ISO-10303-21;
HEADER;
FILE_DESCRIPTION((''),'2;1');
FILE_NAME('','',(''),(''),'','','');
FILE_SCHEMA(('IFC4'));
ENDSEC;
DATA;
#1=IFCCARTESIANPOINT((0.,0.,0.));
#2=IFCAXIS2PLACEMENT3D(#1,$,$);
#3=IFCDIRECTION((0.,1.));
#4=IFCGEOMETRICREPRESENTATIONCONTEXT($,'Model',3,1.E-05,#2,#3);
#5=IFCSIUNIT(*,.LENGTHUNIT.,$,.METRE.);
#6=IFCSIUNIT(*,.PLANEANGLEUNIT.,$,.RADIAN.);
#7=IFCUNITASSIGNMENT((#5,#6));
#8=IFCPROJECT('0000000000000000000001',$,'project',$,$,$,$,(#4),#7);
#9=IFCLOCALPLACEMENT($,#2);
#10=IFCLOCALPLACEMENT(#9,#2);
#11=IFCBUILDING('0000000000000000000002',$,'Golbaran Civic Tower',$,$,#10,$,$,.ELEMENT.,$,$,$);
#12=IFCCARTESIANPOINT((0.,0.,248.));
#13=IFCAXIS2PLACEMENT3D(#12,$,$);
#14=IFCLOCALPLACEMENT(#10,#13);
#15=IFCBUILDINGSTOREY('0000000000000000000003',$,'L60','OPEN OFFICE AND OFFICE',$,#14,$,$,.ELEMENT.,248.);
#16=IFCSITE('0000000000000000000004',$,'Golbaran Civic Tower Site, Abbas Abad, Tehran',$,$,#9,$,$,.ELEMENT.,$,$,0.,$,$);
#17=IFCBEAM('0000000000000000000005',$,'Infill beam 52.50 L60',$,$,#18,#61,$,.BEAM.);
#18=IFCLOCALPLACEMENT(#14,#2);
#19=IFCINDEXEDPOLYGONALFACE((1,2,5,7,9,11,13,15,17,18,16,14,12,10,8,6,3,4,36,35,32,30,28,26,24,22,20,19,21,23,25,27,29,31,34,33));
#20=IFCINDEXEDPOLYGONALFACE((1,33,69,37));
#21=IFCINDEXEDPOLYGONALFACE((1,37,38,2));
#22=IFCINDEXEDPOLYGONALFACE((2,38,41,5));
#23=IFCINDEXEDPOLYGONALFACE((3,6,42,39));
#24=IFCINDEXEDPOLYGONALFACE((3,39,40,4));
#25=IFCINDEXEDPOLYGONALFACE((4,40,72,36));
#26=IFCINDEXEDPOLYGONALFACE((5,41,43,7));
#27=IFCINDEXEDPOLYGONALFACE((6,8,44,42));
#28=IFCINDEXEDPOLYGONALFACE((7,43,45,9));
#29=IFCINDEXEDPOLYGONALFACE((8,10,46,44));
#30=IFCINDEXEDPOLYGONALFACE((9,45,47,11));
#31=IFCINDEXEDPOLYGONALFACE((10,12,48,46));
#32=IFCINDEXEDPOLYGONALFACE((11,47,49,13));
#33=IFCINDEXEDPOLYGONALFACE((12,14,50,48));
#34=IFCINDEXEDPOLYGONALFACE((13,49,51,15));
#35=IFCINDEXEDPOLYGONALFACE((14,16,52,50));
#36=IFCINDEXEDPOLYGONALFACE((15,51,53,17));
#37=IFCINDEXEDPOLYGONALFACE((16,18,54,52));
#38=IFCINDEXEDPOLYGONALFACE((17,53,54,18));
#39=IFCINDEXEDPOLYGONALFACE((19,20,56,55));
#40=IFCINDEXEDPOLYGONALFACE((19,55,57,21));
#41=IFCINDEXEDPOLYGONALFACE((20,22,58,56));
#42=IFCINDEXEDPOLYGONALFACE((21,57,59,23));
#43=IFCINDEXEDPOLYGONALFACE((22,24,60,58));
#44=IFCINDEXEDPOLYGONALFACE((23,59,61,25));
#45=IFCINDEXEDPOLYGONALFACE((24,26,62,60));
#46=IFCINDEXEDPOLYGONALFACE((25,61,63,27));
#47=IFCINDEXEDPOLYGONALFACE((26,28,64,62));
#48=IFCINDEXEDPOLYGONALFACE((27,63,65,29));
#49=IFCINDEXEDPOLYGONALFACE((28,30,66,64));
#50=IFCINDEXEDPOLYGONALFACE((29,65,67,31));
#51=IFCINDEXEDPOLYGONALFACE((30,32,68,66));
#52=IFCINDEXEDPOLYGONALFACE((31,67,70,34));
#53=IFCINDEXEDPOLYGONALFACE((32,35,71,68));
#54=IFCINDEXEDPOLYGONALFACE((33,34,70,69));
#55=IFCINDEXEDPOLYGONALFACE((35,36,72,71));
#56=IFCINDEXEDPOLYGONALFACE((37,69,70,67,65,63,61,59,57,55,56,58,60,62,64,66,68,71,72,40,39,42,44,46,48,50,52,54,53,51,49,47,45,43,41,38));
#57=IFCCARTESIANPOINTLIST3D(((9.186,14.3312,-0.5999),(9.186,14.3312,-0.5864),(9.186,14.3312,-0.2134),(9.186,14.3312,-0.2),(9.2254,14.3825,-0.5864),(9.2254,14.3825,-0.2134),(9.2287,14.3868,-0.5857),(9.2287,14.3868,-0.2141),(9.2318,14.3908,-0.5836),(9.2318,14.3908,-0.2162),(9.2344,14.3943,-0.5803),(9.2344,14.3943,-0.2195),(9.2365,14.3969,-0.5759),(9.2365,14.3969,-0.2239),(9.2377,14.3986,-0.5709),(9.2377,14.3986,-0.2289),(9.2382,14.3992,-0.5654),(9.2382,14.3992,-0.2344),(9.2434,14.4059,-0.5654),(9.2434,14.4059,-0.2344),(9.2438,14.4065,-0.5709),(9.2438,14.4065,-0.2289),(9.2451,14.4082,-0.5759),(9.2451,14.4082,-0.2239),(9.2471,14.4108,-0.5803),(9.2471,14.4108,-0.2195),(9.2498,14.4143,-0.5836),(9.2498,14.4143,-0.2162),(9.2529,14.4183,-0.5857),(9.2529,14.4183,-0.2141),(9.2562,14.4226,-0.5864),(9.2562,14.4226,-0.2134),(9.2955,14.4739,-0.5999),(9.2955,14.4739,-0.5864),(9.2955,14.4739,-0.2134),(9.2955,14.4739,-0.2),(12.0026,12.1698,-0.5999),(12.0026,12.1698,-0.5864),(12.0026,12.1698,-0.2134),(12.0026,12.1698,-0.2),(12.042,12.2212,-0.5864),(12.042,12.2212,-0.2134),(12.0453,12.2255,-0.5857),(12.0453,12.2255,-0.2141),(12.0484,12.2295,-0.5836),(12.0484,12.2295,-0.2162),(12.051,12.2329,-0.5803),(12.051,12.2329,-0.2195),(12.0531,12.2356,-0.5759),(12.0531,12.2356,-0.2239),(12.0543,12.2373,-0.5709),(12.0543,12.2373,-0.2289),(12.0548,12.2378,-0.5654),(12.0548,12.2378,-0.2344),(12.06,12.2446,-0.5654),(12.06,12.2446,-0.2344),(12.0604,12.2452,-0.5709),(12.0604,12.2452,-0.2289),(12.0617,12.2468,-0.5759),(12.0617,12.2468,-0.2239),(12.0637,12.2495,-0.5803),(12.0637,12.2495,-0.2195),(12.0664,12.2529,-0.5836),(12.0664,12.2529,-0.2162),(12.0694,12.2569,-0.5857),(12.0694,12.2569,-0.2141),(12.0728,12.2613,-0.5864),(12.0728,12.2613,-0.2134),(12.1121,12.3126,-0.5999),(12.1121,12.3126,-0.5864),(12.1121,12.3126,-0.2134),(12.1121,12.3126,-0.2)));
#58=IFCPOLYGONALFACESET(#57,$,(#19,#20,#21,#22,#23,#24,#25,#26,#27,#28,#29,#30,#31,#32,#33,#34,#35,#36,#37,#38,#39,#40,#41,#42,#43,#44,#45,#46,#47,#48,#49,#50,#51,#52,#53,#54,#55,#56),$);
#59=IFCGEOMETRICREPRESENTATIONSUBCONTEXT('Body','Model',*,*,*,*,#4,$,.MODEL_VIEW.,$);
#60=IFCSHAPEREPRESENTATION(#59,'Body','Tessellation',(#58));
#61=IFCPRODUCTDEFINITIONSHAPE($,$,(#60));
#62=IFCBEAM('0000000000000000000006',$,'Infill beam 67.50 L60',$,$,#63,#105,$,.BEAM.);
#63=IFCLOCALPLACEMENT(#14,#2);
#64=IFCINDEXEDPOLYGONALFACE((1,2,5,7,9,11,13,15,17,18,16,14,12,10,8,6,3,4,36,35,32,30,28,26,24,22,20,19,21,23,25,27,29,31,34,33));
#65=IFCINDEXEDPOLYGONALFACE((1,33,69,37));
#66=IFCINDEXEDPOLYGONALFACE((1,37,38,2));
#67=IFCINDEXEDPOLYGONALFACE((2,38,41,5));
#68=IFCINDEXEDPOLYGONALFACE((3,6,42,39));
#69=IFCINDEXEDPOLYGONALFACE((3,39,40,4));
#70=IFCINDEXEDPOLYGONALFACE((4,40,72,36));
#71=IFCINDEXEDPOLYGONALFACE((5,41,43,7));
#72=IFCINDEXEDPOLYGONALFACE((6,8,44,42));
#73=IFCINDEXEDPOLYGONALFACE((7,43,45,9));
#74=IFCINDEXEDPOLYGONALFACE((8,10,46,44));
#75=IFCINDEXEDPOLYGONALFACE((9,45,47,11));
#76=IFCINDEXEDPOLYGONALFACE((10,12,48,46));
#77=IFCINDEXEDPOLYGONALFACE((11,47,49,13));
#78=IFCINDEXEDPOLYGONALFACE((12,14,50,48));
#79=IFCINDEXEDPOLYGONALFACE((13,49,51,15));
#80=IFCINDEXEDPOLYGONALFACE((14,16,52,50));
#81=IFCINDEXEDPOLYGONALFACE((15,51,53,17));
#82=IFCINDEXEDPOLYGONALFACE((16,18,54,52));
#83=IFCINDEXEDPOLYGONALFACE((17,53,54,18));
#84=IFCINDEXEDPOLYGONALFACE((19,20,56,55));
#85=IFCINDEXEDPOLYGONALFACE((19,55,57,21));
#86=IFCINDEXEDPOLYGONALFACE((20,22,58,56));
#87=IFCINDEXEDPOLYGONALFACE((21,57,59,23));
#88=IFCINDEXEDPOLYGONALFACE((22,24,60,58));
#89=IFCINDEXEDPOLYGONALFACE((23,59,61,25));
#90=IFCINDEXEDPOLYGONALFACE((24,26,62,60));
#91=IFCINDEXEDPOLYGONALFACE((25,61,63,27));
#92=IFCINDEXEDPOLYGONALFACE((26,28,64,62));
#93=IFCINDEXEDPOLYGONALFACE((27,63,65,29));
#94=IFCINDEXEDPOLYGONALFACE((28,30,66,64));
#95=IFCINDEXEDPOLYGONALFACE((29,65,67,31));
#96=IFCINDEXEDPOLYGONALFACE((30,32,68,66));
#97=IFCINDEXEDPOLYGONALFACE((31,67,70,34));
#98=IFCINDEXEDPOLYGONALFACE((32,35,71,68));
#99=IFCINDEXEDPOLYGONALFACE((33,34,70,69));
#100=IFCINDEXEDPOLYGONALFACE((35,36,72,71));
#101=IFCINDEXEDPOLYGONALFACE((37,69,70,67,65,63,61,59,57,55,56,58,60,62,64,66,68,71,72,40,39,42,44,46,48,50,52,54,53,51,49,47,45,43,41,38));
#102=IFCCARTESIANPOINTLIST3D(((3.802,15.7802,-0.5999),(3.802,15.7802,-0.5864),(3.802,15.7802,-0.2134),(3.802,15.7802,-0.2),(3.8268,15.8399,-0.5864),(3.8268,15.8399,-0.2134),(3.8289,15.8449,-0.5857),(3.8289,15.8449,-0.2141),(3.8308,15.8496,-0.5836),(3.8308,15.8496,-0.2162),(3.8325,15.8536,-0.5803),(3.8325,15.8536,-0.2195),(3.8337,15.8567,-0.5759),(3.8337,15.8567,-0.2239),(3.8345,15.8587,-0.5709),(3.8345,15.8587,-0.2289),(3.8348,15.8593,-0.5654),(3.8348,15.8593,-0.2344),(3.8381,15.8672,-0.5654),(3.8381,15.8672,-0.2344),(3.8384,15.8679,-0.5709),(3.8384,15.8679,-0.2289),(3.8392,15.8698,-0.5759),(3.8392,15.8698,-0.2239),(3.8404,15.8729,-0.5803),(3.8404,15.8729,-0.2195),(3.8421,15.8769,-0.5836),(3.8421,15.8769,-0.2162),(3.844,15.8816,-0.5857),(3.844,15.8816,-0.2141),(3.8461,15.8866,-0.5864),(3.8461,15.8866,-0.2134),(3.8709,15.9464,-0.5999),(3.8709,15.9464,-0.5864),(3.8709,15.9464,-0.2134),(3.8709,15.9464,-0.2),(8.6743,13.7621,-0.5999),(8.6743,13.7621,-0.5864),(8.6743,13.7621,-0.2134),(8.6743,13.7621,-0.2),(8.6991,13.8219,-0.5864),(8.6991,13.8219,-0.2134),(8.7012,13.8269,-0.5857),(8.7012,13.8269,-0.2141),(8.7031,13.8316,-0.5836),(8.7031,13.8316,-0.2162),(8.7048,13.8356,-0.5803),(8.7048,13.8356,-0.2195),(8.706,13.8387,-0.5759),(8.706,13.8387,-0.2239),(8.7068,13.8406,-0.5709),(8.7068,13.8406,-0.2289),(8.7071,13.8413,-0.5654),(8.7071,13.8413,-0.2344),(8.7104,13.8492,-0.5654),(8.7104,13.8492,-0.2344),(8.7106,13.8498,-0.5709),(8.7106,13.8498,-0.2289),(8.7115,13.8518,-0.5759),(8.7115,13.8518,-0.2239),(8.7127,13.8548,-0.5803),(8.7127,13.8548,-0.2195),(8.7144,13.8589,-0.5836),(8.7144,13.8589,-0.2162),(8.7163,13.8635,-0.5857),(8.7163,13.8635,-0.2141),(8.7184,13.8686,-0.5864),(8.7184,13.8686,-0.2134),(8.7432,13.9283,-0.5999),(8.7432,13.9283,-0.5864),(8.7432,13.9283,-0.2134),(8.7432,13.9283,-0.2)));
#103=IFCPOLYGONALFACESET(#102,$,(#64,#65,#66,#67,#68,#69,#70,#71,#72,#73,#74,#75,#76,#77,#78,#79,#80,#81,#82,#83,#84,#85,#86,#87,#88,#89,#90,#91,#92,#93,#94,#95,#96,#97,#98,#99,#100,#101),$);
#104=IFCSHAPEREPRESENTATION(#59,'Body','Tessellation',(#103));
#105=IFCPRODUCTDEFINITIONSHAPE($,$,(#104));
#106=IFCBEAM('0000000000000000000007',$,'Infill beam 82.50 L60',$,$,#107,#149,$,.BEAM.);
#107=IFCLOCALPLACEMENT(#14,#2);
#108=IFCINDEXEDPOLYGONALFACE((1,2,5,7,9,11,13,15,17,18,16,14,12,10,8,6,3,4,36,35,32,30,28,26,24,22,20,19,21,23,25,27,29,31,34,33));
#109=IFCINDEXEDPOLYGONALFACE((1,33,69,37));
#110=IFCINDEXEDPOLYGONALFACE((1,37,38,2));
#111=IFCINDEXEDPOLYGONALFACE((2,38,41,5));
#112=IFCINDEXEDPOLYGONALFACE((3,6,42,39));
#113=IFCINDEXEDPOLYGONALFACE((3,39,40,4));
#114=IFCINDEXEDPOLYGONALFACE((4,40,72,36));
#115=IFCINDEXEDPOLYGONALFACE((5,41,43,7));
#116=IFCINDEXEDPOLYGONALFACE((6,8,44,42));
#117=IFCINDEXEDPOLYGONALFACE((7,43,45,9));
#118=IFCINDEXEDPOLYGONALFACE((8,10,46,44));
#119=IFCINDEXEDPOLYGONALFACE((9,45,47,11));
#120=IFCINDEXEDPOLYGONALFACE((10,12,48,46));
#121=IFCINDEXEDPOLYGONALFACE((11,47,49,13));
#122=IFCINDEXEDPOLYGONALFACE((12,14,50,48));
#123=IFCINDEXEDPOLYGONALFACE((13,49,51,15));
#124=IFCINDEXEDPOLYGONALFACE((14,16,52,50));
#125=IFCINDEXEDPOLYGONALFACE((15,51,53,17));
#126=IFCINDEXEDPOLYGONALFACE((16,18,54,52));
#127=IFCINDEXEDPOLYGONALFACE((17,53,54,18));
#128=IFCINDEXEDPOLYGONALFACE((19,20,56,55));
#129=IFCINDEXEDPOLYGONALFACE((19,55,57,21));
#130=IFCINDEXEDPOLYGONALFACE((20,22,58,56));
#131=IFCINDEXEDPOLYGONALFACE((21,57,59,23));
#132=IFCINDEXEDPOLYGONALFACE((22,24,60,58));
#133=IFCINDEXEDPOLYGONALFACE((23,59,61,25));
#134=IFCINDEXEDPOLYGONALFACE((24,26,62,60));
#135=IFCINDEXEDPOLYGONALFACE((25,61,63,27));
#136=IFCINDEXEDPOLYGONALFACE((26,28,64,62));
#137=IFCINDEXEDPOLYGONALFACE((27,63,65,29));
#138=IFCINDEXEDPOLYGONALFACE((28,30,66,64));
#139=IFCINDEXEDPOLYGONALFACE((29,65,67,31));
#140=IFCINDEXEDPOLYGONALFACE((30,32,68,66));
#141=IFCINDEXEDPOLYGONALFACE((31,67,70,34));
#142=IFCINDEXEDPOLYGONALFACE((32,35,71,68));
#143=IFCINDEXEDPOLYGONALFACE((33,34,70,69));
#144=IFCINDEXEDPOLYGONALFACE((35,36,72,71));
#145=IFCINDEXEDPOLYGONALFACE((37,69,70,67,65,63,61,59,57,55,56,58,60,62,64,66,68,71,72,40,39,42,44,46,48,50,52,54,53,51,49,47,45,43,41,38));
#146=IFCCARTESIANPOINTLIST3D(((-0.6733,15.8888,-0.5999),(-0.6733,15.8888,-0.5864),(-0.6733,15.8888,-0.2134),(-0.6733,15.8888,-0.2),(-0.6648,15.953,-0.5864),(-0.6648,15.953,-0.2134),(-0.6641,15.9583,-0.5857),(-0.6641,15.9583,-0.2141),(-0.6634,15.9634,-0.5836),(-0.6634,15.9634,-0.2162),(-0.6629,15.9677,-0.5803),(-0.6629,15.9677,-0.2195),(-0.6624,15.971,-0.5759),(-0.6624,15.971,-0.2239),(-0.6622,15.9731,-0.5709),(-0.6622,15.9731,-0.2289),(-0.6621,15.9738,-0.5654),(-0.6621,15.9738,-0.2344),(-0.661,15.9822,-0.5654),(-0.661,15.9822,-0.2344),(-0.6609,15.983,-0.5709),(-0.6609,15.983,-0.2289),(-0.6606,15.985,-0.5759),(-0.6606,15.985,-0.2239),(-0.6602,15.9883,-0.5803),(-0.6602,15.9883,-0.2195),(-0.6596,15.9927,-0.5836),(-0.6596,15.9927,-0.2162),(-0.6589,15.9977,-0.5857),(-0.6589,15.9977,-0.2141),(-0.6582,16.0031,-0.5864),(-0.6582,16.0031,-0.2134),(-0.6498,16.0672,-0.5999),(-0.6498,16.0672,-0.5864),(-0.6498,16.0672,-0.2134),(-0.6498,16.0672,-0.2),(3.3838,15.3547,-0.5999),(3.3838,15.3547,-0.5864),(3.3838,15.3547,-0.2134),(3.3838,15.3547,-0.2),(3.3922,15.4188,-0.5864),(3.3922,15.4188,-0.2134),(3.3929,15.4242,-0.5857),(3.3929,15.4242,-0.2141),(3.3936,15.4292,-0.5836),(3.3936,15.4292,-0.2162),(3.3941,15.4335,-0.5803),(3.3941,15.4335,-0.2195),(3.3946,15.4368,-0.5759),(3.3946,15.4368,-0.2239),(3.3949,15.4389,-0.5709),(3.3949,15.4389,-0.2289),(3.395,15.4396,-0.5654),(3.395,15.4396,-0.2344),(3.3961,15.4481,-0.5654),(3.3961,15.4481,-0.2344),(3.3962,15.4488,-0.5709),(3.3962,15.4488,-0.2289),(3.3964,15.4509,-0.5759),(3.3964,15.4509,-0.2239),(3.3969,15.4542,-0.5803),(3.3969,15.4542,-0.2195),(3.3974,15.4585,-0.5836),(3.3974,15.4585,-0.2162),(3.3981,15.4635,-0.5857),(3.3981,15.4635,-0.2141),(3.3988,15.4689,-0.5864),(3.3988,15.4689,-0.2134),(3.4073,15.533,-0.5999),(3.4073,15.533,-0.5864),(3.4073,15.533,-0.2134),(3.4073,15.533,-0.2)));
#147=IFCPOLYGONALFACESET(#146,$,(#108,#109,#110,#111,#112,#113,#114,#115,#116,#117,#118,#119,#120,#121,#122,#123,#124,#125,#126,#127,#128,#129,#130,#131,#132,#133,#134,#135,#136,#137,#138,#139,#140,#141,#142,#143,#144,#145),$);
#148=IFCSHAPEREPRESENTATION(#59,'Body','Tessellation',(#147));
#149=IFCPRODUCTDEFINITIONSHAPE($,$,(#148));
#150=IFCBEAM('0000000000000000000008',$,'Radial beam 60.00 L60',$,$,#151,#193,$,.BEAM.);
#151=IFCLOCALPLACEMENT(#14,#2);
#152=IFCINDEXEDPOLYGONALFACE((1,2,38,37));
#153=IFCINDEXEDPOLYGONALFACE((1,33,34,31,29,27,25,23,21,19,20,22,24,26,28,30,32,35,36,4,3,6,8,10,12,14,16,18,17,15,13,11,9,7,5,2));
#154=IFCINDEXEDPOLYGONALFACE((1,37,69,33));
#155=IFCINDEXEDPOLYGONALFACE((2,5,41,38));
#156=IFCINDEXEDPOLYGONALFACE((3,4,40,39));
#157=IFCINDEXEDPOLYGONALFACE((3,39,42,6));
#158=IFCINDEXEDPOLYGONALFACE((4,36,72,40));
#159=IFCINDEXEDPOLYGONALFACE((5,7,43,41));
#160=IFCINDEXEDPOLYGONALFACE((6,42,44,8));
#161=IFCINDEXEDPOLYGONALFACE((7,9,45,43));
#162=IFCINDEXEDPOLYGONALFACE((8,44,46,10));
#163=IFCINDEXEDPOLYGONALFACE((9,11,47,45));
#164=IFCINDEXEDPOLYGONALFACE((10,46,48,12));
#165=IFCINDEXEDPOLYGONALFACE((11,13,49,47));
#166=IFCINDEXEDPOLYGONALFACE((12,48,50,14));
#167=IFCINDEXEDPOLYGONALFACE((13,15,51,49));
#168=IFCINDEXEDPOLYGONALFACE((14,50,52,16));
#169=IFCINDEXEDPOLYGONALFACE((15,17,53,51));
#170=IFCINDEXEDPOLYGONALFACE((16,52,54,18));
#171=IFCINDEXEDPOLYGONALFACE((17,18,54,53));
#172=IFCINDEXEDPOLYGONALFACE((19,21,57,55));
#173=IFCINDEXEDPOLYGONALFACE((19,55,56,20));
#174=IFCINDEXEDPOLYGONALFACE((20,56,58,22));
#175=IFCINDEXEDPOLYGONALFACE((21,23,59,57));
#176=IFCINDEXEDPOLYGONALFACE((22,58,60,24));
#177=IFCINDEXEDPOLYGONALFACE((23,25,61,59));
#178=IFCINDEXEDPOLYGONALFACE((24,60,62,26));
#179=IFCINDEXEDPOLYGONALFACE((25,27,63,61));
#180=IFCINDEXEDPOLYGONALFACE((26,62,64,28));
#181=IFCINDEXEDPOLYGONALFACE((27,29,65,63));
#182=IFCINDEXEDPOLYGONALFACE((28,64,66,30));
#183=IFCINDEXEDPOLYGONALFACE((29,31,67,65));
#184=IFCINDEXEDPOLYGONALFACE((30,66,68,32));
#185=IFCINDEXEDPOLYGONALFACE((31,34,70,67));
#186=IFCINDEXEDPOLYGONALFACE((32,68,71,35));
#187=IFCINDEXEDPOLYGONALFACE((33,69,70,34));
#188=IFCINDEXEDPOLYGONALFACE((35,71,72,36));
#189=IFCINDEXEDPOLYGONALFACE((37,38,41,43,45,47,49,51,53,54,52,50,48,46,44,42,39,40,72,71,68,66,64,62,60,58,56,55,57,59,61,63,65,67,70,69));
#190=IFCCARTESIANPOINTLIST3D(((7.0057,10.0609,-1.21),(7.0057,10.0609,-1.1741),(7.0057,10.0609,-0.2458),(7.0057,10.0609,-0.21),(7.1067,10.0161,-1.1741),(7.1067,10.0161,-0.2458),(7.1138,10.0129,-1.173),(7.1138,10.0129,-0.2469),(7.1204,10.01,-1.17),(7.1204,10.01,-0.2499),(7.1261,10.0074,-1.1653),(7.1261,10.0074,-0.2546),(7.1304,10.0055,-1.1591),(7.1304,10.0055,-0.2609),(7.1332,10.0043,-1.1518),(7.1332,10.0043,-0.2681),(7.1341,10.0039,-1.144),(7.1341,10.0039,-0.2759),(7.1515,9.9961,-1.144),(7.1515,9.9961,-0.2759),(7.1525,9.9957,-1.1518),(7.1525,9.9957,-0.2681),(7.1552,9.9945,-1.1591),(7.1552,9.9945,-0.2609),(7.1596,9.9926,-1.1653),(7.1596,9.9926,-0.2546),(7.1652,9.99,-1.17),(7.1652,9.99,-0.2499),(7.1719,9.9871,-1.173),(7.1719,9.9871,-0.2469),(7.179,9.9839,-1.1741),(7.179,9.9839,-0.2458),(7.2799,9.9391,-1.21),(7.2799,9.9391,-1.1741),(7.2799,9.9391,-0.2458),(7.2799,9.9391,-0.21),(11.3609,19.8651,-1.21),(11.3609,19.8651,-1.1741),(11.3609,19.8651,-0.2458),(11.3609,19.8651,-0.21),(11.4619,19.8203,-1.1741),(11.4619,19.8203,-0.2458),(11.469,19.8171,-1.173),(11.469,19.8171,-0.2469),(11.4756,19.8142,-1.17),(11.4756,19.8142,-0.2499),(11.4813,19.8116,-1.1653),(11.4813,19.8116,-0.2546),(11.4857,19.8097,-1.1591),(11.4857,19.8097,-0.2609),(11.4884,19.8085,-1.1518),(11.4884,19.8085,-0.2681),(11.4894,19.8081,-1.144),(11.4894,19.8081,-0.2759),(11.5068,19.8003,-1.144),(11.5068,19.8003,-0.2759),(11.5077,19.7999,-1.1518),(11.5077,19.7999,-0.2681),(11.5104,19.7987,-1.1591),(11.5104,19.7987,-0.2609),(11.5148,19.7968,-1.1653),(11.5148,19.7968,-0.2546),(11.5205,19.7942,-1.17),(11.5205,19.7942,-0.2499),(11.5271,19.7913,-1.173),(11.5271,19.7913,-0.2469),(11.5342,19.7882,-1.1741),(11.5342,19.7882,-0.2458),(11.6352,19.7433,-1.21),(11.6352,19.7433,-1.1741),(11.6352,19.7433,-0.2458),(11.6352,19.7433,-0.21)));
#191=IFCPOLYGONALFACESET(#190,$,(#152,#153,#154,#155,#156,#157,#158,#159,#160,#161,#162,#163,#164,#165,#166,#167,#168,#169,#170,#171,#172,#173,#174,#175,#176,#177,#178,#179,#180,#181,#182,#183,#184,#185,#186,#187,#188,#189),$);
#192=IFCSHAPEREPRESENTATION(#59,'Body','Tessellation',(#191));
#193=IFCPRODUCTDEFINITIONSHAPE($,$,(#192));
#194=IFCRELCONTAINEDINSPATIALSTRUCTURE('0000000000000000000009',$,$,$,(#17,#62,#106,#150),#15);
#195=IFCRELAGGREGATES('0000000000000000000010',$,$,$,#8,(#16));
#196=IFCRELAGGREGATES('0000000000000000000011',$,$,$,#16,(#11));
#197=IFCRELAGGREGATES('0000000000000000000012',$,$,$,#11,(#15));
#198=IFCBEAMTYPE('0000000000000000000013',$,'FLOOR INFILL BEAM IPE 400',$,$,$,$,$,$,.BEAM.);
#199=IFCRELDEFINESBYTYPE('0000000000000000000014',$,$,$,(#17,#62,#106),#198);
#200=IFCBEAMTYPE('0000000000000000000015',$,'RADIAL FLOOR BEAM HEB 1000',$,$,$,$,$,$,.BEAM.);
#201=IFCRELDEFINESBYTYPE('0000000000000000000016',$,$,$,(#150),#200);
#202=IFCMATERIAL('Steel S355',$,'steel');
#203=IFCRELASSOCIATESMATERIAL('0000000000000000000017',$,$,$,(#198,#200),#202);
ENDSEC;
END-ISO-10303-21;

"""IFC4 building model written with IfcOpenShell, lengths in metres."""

from ifc_helpers import new_model, si_unit, direction, frame, origin, origin_2d, place, context, subcontext, project, spatial, i_section, extrude, material, material_profile, profile_set, type_object, element, save


model = new_model("IFC4")

# Units and contexts
model_context = context("Model", 3, precision=1e-05, world=origin(), true_north=direction((0.0, 1.0)))
body_context = subcontext(model_context, "Body", "Model", "MODEL_VIEW")
ifc_project = project(units=[si_unit("LENGTHUNIT", "METRE"), si_unit("PLANEANGLEUNIT", "RADIAN")], contexts=[model_context])

# Site, building, storey
site_placement = place(None, origin())
site = spatial("IfcSite", under=ifc_project, at=site_placement, Name="Golbaran Civic Tower Site, Abbas Abad, Tehran", CompositionType="ELEMENT", RefElevation=0.0)
building_placement = place(site_placement, origin())
building = spatial("IfcBuilding", under=site, at=building_placement, Name="Golbaran Civic Tower", CompositionType="ELEMENT")
storey_placement = place(building_placement, frame((0.0, 0.0, 248.0)))
storey = spatial("IfcBuildingStorey", under=building, at=storey_placement, Name="L60", Description="OPEN OFFICE AND OFFICE", CompositionType="ELEMENT", Elevation=248.0)

# Beams
ifc_material_1 = material(Name="Steel S355", Category="steel")
ifc_material_profile_1 = material_profile(ifc_material_1, i_section(OverallWidth=0.1799, OverallDepth=0.3999, WebThickness=0.0085, FlangeThickness=0.0134, FilletRadius=0.021, at=origin_2d()), Name="IPE 400")
ifc_profile_set_1 = profile_set([ifc_material_profile_1], Name="Steel S355")
beam_type_1 = type_object("IfcBeamType", Name="FLOOR INFILL BEAM IPE 400", PredefinedType="BEAM", material=ifc_profile_set_1)
beam_1_placement = place(storey_placement, frame((12.0574, 12.2412, -0.3999), z_axis=(-0.793342, 0.608777, 0.0), x_axis=(-0.608777, -0.793342, 0.0)))
element("IfcBeam", 1, at=beam_1_placement, inside=storey, type_object=beam_type_1, Name="Infill beam 52.50 L60", PredefinedType="BEAM", context=body_context, shape_type="SweptSolid", body=[
    extrude(i_section(OverallWidth=0.1799, OverallDepth=0.3999, WebThickness=0.0085, FlangeThickness=0.0134, FilletRadius=0.021, at=origin_2d()), origin(), (0.0, 0.0, 1.0), 3.5503),
])
beam_2_placement = place(storey_placement, frame((8.7087, 13.8452, -0.3999), z_axis=(-0.923887, 0.382665, 0.0), x_axis=(-0.382665, -0.923887, 0.0)))
element("IfcBeam", 2, at=beam_2_placement, inside=storey, type_object=beam_type_1, Name="Infill beam 67.50 L60", PredefinedType="BEAM", context=body_context, shape_type="SweptSolid", body=[
    extrude(i_section(OverallWidth=0.1799, OverallDepth=0.3999, WebThickness=0.0085, FlangeThickness=0.0134, FilletRadius=0.021, at=origin_2d()), origin(), (0.0, 0.0, 1.0), 5.2737),
])
beam_3_placement = place(storey_placement, frame((3.3955, 15.4438, -0.3999), z_axis=(-0.991443, 0.130538, 0.0), x_axis=(-0.130538, -0.991443, 0.0)))
element("IfcBeam", 3, at=beam_3_placement, inside=storey, type_object=beam_type_1, Name="Infill beam 82.50 L60", PredefinedType="BEAM", context=body_context, shape_type="SweptSolid", body=[
    extrude(i_section(OverallWidth=0.1799, OverallDepth=0.3999, WebThickness=0.0085, FlangeThickness=0.0134, FilletRadius=0.021, at=origin_2d()), origin(), (0.0, 0.0, 1.0), 4.092),
])
ifc_material_profile_2 = material_profile(ifc_material_1, i_section(OverallWidth=0.3, OverallDepth=1.0, WebThickness=0.019, FlangeThickness=0.0359, FilletRadius=0.03, at=origin_2d()), Name="HEB 1000")
ifc_profile_set_2 = profile_set([ifc_material_profile_2], Name="Steel S355")
beam_type_2 = type_object("IfcBeamType", Name="RADIAL FLOOR BEAM HEB 1000", PredefinedType="BEAM", material=ifc_profile_set_2)
beam_4_placement = place(storey_placement, frame((7.1428, 10.0, -0.71), z_axis=(0.405967, 0.913888, 0.0), x_axis=(-0.913888, 0.405967, 0.0)))
element("IfcBeam", 4, at=beam_4_placement, inside=storey, type_object=beam_type_2, Name="Radial beam 60.00 L60", PredefinedType="BEAM", context=body_context, shape_type="SweptSolid", body=[
    extrude(i_section(OverallWidth=0.3, OverallDepth=1.0, WebThickness=0.019, FlangeThickness=0.0359, FilletRadius=0.03, at=origin_2d()), origin(), (0.0, 0.0, 1.0), 10.728),
])

save(model, "model.ifc")
